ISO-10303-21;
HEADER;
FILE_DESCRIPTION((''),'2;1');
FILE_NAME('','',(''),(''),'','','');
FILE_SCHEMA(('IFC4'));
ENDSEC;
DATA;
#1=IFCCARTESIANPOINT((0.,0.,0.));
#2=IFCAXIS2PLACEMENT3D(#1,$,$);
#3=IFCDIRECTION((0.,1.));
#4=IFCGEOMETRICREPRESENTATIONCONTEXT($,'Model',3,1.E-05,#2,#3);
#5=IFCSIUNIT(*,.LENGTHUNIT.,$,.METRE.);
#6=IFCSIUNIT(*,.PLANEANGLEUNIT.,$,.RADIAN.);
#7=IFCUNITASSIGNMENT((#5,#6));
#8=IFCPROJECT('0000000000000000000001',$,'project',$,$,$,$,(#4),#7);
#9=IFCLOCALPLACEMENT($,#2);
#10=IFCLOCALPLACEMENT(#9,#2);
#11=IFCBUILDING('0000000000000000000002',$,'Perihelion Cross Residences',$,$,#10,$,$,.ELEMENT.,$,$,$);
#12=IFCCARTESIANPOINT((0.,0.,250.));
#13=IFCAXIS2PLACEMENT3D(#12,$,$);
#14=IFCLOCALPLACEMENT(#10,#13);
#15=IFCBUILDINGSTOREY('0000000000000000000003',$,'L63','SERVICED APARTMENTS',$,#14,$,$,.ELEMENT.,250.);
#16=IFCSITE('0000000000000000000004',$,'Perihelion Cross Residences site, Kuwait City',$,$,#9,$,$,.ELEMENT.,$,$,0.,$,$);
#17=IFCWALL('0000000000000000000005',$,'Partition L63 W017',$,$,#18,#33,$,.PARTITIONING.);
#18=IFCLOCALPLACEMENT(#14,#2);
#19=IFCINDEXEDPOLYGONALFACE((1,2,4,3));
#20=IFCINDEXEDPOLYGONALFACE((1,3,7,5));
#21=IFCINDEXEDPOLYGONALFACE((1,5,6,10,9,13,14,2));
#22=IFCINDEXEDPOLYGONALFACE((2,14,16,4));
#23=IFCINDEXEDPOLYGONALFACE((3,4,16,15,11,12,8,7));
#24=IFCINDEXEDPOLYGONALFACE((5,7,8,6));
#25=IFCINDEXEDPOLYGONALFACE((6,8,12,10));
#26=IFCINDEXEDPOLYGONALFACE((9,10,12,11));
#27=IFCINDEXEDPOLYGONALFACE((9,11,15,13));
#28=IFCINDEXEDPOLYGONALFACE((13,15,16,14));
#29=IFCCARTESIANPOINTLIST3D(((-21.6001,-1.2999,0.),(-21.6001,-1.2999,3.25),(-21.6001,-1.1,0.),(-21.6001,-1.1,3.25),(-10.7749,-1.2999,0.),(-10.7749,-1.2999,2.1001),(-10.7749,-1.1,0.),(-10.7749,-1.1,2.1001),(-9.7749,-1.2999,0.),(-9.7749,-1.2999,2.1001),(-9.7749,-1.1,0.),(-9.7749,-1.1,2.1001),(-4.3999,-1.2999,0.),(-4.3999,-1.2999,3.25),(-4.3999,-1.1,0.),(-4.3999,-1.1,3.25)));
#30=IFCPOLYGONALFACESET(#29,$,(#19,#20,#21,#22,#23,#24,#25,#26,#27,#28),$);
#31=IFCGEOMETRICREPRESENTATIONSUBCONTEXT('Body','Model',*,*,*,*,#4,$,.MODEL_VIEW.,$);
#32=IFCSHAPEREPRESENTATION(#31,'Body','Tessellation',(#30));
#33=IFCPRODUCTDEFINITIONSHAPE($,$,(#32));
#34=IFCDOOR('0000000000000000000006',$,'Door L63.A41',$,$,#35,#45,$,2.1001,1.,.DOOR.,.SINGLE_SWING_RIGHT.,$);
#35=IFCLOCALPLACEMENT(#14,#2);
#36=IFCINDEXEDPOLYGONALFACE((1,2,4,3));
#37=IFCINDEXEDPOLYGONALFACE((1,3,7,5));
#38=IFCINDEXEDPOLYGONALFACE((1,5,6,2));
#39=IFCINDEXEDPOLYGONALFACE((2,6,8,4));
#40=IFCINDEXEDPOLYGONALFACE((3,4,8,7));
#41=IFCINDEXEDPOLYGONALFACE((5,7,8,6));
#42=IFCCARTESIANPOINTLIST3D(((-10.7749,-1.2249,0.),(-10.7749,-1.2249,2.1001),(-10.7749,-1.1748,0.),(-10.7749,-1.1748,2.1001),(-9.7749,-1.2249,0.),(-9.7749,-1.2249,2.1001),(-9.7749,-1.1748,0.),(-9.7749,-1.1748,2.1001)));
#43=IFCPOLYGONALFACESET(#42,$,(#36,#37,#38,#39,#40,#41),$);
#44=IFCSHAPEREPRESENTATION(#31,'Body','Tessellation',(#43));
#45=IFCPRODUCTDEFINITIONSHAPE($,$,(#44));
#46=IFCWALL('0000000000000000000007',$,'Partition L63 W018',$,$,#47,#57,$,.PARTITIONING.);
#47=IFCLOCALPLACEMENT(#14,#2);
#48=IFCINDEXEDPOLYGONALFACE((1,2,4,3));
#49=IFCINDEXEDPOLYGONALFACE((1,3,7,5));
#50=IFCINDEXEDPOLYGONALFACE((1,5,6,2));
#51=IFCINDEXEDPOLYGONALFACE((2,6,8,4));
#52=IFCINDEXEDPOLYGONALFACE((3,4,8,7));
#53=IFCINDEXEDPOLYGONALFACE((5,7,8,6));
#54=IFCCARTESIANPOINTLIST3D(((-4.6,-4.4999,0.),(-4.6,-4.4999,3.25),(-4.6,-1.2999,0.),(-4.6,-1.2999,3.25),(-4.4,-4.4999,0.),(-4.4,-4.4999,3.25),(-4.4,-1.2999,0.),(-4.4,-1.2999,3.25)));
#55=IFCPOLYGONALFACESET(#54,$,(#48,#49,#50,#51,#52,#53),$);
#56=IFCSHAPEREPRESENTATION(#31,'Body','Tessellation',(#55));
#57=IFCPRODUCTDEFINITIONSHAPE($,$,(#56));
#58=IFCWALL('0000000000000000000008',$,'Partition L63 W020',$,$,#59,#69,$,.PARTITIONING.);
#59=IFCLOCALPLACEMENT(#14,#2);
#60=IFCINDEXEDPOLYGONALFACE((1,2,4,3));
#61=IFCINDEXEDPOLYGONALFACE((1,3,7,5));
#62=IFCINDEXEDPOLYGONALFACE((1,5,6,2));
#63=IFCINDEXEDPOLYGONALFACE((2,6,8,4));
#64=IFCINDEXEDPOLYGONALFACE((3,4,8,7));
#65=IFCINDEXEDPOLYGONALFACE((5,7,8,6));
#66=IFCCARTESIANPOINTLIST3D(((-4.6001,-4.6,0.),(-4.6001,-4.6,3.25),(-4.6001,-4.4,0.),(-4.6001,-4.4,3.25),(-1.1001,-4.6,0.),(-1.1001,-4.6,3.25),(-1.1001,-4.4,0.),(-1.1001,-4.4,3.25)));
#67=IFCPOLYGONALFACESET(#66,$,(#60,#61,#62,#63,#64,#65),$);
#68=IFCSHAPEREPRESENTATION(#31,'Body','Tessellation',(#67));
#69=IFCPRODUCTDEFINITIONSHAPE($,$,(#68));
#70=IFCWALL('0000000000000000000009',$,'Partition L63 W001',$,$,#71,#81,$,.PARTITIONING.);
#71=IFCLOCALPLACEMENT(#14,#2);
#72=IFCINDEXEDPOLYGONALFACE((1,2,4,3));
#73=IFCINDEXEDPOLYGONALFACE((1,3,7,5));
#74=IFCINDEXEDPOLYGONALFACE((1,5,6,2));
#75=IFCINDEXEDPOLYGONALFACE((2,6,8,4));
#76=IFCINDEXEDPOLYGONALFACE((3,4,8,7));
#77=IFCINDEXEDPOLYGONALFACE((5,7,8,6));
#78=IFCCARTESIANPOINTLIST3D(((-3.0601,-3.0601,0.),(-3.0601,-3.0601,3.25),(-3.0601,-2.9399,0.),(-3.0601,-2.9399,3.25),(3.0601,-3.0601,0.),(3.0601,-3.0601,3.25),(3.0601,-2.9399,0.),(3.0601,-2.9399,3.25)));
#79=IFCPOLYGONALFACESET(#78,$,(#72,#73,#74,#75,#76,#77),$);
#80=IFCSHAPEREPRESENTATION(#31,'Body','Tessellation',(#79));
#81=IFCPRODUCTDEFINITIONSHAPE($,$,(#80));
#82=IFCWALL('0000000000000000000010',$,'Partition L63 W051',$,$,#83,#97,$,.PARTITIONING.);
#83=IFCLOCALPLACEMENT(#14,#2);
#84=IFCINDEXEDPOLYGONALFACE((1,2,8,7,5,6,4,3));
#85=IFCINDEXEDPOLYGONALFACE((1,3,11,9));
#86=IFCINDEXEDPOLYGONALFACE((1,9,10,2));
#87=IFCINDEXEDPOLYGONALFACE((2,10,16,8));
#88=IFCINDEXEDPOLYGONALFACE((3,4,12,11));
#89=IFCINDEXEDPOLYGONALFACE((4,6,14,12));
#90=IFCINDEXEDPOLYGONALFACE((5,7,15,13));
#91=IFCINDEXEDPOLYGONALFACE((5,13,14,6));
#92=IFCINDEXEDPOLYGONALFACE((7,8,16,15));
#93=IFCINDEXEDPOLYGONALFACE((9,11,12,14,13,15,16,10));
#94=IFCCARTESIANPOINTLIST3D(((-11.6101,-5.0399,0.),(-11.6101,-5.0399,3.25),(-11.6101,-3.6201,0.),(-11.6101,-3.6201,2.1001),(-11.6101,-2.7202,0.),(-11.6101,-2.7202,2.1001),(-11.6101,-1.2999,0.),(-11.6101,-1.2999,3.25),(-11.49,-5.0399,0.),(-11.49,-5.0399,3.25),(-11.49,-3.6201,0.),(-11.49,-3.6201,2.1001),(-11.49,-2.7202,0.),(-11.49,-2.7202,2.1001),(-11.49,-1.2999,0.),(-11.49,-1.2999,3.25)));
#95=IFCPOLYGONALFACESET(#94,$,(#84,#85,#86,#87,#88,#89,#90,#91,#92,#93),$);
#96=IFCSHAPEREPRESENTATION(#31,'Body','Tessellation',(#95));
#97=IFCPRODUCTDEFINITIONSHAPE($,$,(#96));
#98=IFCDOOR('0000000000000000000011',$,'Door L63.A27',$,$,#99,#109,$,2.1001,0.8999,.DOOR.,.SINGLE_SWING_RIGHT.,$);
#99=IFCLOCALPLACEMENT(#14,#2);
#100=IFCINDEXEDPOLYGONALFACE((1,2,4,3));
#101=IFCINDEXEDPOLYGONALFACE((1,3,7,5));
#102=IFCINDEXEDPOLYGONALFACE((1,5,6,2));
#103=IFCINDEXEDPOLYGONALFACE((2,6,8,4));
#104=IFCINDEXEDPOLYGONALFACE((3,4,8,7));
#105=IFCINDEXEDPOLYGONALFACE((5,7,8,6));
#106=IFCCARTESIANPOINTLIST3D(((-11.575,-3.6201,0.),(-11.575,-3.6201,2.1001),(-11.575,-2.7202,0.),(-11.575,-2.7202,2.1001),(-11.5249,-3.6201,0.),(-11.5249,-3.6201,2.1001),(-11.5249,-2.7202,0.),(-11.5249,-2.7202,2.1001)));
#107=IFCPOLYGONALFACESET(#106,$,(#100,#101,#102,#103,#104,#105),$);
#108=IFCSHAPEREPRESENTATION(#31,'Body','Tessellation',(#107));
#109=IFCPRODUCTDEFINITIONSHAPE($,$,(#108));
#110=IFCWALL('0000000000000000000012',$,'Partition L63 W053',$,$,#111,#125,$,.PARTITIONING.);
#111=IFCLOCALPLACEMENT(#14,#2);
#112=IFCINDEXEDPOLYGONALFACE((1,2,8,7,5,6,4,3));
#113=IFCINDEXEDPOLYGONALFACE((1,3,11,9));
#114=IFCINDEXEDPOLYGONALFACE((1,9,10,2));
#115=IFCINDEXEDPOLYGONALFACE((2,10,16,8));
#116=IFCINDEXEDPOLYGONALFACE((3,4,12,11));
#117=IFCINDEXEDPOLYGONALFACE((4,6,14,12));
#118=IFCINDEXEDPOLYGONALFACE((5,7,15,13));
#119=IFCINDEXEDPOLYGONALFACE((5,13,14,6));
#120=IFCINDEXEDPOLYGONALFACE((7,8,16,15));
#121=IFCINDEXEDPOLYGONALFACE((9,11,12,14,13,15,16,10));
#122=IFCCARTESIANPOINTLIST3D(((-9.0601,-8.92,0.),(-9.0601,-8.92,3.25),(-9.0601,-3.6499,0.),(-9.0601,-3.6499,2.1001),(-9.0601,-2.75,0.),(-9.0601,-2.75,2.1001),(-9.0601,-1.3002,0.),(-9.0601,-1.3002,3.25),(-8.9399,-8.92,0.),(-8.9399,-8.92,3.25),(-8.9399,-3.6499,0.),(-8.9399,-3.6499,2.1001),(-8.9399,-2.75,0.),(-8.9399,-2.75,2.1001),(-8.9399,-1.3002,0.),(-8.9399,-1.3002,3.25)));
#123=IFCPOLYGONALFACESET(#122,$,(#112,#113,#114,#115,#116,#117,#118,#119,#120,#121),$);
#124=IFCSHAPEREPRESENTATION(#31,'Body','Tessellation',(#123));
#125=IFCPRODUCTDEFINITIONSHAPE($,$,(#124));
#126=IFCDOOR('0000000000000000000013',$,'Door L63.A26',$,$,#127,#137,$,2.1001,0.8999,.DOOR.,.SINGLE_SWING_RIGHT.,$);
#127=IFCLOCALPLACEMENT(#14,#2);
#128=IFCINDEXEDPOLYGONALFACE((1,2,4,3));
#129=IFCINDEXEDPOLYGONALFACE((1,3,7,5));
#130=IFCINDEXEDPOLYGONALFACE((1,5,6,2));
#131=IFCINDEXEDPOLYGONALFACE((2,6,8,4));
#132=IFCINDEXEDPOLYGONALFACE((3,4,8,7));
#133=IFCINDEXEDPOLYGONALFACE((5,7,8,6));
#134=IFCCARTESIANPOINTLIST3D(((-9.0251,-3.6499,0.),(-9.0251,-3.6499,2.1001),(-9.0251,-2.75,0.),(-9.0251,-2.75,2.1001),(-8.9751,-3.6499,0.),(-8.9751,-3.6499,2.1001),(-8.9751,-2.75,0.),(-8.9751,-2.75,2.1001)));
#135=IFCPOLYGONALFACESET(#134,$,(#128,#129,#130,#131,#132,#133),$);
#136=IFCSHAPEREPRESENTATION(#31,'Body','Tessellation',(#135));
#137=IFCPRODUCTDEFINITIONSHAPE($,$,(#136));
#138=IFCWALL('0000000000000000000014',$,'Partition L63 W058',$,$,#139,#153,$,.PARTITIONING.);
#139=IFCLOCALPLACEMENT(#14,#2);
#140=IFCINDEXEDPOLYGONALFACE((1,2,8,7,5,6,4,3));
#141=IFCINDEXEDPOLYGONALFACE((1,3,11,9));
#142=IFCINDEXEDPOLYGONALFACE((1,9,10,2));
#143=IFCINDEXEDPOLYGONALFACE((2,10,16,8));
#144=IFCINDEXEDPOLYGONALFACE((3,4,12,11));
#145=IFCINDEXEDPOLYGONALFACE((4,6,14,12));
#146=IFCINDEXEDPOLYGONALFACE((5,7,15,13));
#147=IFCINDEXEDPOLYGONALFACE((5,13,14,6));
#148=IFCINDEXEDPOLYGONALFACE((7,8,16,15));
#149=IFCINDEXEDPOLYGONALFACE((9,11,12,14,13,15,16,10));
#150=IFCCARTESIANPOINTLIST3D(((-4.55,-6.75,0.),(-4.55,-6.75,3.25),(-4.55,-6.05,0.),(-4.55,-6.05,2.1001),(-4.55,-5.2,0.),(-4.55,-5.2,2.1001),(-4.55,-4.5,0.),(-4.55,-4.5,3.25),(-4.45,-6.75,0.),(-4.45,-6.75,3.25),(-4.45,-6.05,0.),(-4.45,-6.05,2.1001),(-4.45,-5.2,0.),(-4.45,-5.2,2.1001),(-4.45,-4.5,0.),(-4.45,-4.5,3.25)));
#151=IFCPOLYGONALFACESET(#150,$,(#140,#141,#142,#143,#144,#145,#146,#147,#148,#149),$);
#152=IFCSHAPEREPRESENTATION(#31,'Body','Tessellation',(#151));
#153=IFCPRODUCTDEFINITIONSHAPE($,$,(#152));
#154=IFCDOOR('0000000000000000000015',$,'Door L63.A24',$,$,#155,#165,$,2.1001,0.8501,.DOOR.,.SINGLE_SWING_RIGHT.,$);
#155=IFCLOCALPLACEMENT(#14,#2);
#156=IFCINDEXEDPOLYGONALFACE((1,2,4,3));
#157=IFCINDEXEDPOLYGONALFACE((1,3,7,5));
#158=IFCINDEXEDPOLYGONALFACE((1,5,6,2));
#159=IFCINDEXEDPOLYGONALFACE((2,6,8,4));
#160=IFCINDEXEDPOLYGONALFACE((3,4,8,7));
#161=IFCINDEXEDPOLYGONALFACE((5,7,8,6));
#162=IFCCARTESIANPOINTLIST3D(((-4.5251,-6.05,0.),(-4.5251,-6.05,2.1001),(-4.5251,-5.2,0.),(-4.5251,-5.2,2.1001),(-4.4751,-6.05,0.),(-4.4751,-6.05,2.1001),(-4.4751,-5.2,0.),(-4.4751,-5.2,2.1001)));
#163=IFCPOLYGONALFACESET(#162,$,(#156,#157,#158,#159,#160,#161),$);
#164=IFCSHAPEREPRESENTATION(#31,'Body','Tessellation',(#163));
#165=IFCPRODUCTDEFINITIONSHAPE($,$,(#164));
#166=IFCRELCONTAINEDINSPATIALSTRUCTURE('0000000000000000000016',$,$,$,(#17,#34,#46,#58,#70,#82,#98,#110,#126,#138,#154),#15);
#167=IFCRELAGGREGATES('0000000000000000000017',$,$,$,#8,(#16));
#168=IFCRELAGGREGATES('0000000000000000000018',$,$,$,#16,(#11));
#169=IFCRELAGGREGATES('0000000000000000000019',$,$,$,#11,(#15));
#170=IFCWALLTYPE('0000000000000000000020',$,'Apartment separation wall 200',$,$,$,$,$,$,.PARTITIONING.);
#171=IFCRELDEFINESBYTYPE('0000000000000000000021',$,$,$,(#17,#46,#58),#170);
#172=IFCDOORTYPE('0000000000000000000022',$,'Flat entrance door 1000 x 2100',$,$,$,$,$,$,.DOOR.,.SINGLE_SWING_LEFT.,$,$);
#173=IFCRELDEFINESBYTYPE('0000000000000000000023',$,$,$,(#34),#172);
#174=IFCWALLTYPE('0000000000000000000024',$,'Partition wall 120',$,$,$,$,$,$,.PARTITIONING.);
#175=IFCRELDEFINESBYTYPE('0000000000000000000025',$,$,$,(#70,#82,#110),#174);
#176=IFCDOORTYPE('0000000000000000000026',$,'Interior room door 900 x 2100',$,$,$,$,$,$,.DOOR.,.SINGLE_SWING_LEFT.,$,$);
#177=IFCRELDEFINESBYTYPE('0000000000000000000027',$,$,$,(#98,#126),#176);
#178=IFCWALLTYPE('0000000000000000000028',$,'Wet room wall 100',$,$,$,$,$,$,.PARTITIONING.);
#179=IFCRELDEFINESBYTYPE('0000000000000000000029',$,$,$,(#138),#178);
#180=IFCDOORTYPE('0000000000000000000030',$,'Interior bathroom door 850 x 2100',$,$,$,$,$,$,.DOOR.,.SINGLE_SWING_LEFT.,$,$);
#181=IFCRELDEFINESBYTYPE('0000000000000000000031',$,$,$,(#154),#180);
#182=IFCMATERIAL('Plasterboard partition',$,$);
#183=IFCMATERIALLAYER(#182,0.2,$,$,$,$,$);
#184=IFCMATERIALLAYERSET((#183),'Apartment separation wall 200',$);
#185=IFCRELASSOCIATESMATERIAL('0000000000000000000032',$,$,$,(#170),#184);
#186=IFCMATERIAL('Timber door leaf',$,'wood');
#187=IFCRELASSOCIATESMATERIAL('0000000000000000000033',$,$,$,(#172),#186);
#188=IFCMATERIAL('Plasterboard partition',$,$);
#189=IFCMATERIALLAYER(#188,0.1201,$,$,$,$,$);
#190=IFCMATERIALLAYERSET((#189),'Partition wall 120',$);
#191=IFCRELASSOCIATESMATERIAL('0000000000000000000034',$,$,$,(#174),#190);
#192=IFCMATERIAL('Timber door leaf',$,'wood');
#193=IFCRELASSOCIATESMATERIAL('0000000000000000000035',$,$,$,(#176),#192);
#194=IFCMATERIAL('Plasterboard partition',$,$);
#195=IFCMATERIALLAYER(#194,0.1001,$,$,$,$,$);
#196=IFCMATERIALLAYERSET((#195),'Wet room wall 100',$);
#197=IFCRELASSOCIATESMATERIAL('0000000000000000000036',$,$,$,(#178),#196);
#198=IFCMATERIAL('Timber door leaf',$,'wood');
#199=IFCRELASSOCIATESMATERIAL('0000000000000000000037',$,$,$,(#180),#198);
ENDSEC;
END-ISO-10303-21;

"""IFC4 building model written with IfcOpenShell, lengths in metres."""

from ifc_helpers import new_model, si_unit, direction, frame, frame_2d, origin, place, context, subcontext, project, spatial, rectangle, extrude, material, layer, layer_set, type_object, element, fill, save


model = new_model("IFC4")

# Units and contexts
model_context = context("Model", 3, precision=1e-05, world=origin(), true_north=direction((0.0, 1.0)))
body_context = subcontext(model_context, "Body", "Model", "MODEL_VIEW")
ifc_project = project(units=[si_unit("LENGTHUNIT", "METRE"), si_unit("PLANEANGLEUNIT", "RADIAN")], contexts=[model_context])

# Site, building, storey
site_placement = place(None, origin())
site = spatial("IfcSite", under=ifc_project, at=site_placement, Name="Perihelion Cross Residences site, Kuwait City", CompositionType="ELEMENT", RefElevation=0.0)
building_placement = place(site_placement, origin())
building = spatial("IfcBuilding", under=site, at=building_placement, Name="Perihelion Cross Residences", CompositionType="ELEMENT")
storey_placement = place(building_placement, frame((0.0, 0.0, 250.0)))
storey = spatial("IfcBuildingStorey", under=building, at=storey_placement, Name="L63", Description="SERVICED APARTMENTS", CompositionType="ELEMENT", Elevation=250.0)

# Wall, opening, door
ifc_material_1 = material(Name="Plasterboard partition")
ifc_layer_1 = layer(ifc_material_1, 0.2)
ifc_layer_set_1 = layer_set([ifc_layer_1], Name="Apartment separation wall 200")
wall_type_1 = type_object("IfcWallType", Name="Apartment separation wall 200", PredefinedType="PARTITIONING", material=ifc_layer_set_1)
wall_1_placement = place(storey_placement, frame((-4.3999, -1.2, 0.0), z_axis=(0.0, 0.0, 1.0), x_axis=(-1.0, 0.0, 0.0)))
wall_1 = element("IfcWall", 1, at=wall_1_placement, inside=storey, type_object=wall_type_1, Name="Partition L63 W017", PredefinedType="PARTITIONING", context=body_context, shape_type="SweptSolid", body=[
    extrude(rectangle(XDim=17.2002, YDim=0.2, at=frame_2d((8.6001, 0.0))), origin(), (0.0, 0.0, 1.0), 3.25),
])
opening_1_placement = place(wall_1_placement, frame((5.375, 0.0, 0.0)))
opening_1 = element("IfcOpeningElement", 2, at=opening_1_placement, cuts=wall_1, PredefinedType="OPENING", context=body_context, shape_type="SweptSolid", body=[
    extrude(rectangle(XDim=1.0, YDim=2.1001, at=frame_2d((0.5, 1.05))), frame((0.0, 0.1099, 0.0), z_axis=(0.0, -1.0, 0.0), x_axis=(1.0, 0.0, 0.0)), (0.0, 0.0, 1.0), 0.22),
])
ifc_material_2 = material(Name="Timber door leaf", Category="wood")
door_type_1 = type_object("IfcDoorType", Name="Flat entrance door 1000 x 2100", OperationType="SINGLE_SWING_LEFT", PredefinedType="DOOR", material=ifc_material_2)
door_1_placement = place(opening_1_placement, origin())
door_1 = element("IfcDoor", 3, at=door_1_placement, inside=storey, type_object=door_type_1, Name="Door L63.A41", OperationType="SINGLE_SWING_RIGHT", OverallHeight=2.1001, OverallWidth=1.0, PredefinedType="DOOR", context=body_context, shape_type="SweptSolid", body=[
    extrude(rectangle(XDim=1.0, YDim=2.1001, at=frame_2d((0.5, 1.05))), frame((0.0, 0.0249, 0.0), z_axis=(0.0, -1.0, 0.0), x_axis=(1.0, 0.0, 0.0)), (0.0, 0.0, 1.0), 0.05),
])
fill(opening_1, door_1)

# Walls
wall_2_placement = place(storey_placement, frame((-4.5, -4.5, 0.0), z_axis=(0.0, 0.0, 1.0), x_axis=(0.0, 1.0, 0.0)))
element("IfcWall", 4, at=wall_2_placement, inside=storey, type_object=wall_type_1, Name="Partition L63 W018", PredefinedType="PARTITIONING", context=body_context, shape_type="SweptSolid", body=[
    extrude(rectangle(XDim=3.2, YDim=0.2, at=frame_2d((1.6001, 0.0))), origin(), (0.0, 0.0, 1.0), 3.25),
])
wall_3_placement = place(storey_placement, frame((-1.1001, -4.5, 0.0), z_axis=(0.0, 0.0, 1.0), x_axis=(-1.0, 0.0, 0.0)))
element("IfcWall", 5, at=wall_3_placement, inside=storey, type_object=wall_type_1, Name="Partition L63 W020", PredefinedType="PARTITIONING", context=body_context, shape_type="SweptSolid", body=[
    extrude(rectangle(XDim=3.5, YDim=0.2, at=frame_2d((1.75, 0.0))), origin(), (0.0, 0.0, 1.0), 3.25),
])
ifc_material_3 = material(Name="Plasterboard partition")
ifc_layer_2 = layer(ifc_material_3, 0.1201)
ifc_layer_set_2 = layer_set([ifc_layer_2], Name="Partition wall 120")
wall_type_2 = type_object("IfcWallType", Name="Partition wall 120", PredefinedType="PARTITIONING", material=ifc_layer_set_2)
wall_4_placement = place(storey_placement, frame((-3.0601, -3.0, 0.0), z_axis=(0.0, 0.0, 1.0), x_axis=(1.0, 0.0, 0.0)))
element("IfcWall", 6, at=wall_4_placement, inside=storey, type_object=wall_type_2, Name="Partition L63 W001", PredefinedType="PARTITIONING", context=body_context, shape_type="SweptSolid", body=[
    extrude(rectangle(XDim=6.1201, YDim=0.1201, at=frame_2d((3.0601, 0.0))), origin(), (0.0, 0.0, 1.0), 3.25),
])

# Walls, openings, doors
wall_5_placement = place(storey_placement, frame((-11.55, -5.04, 0.0), z_axis=(0.0, 0.0, 1.0), x_axis=(0.0, 1.0, 0.0)))
wall_5 = element("IfcWall", 7, at=wall_5_placement, inside=storey, type_object=wall_type_2, Name="Partition L63 W051", PredefinedType="PARTITIONING", context=body_context, shape_type="SweptSolid", body=[
    extrude(rectangle(XDim=3.74, YDim=0.1201, at=frame_2d((1.8701, 0.0))), origin(), (0.0, 0.0, 1.0), 3.25),
])
opening_2_placement = place(wall_5_placement, frame((1.4199, 0.0, 0.0)))
opening_2 = element("IfcOpeningElement", 8, at=opening_2_placement, cuts=wall_5, PredefinedType="OPENING", context=body_context, shape_type="SweptSolid", body=[
    extrude(rectangle(XDim=0.8999, YDim=2.1001, at=frame_2d((0.45, 1.05))), frame((0.0, 0.0701, 0.0), z_axis=(0.0, -1.0, 0.0), x_axis=(1.0, 0.0, 0.0)), (0.0, 0.0, 1.0), 0.1401),
])
ifc_material_4 = material(Name="Timber door leaf", Category="wood")
door_type_2 = type_object("IfcDoorType", Name="Interior room door 900 x 2100", OperationType="SINGLE_SWING_LEFT", PredefinedType="DOOR", material=ifc_material_4)
door_2_placement = place(opening_2_placement, origin())
door_2 = element("IfcDoor", 9, at=door_2_placement, inside=storey, type_object=door_type_2, Name="Door L63.A27", OperationType="SINGLE_SWING_RIGHT", OverallHeight=2.1001, OverallWidth=0.8999, PredefinedType="DOOR", context=body_context, shape_type="SweptSolid", body=[
    extrude(rectangle(XDim=0.8999, YDim=2.1001, at=frame_2d((0.45, 1.05))), frame((0.0, 0.0249, 0.0), z_axis=(0.0, -1.0, 0.0), x_axis=(1.0, 0.0, 0.0)), (0.0, 0.0, 1.0), 0.05),
])
fill(opening_2, door_2)
wall_6_placement = place(storey_placement, frame((-9.0, -1.3, 0.0), z_axis=(0.0, 0.0, 1.0), x_axis=(0.0, -1.0, 0.0)))
wall_6 = element("IfcWall", 10, at=wall_6_placement, inside=storey, type_object=wall_type_2, Name="Partition L63 W053", PredefinedType="PARTITIONING", context=body_context, shape_type="SweptSolid", body=[
    extrude(rectangle(XDim=7.6199, YDim=0.1201, at=frame_2d((3.8101, 0.0))), origin(), (0.0, 0.0, 1.0), 3.25),
])
opening_3_placement = place(wall_6_placement, frame((1.45, 0.0, 0.0)))
opening_3 = element("IfcOpeningElement", 11, at=opening_3_placement, cuts=wall_6, PredefinedType="OPENING", context=body_context, shape_type="SweptSolid", body=[
    extrude(rectangle(XDim=0.8999, YDim=2.1001, at=frame_2d((0.45, 1.05))), frame((0.0, 0.0701, 0.0), z_axis=(0.0, -1.0, 0.0), x_axis=(1.0, 0.0, 0.0)), (0.0, 0.0, 1.0), 0.1401),
])
door_3_placement = place(opening_3_placement, origin())
door_3 = element("IfcDoor", 12, at=door_3_placement, inside=storey, type_object=door_type_2, Name="Door L63.A26", OperationType="SINGLE_SWING_RIGHT", OverallHeight=2.1001, OverallWidth=0.8999, PredefinedType="DOOR", context=body_context, shape_type="SweptSolid", body=[
    extrude(rectangle(XDim=0.8999, YDim=2.1001, at=frame_2d((0.45, 1.05))), frame((0.0, 0.0249, 0.0), z_axis=(0.0, -1.0, 0.0), x_axis=(1.0, 0.0, 0.0)), (0.0, 0.0, 1.0), 0.05),
])
fill(opening_3, door_3)
ifc_material_5 = material(Name="Plasterboard partition")
ifc_layer_3 = layer(ifc_material_5, 0.1001)
ifc_layer_set_3 = layer_set([ifc_layer_3], Name="Wet room wall 100")
wall_type_3 = type_object("IfcWallType", Name="Wet room wall 100", PredefinedType="PARTITIONING", material=ifc_layer_set_3)
wall_7_placement = place(storey_placement, frame((-4.5, -4.5, 0.0), z_axis=(0.0, 0.0, 1.0), x_axis=(0.0, -1.0, 0.0)))
wall_7 = element("IfcWall", 13, at=wall_7_placement, inside=storey, type_object=wall_type_3, Name="Partition L63 W058", PredefinedType="PARTITIONING", context=body_context, shape_type="SweptSolid", body=[
    extrude(rectangle(XDim=2.25, YDim=0.1001, at=frame_2d((1.125, 0.0))), origin(), (0.0, 0.0, 1.0), 3.25),
])
opening_4_placement = place(wall_7_placement, frame((0.7, 0.0, 0.0)))
opening_4 = element("IfcOpeningElement", 14, at=opening_4_placement, cuts=wall_7, PredefinedType="OPENING", context=body_context, shape_type="SweptSolid", body=[
    extrude(rectangle(XDim=0.8501, YDim=2.1001, at=frame_2d((0.425, 1.05))), frame((0.0, 0.0601, 0.0), z_axis=(0.0, -1.0, 0.0), x_axis=(1.0, 0.0, 0.0)), (0.0, 0.0, 1.0), 0.1201),
])
ifc_material_6 = material(Name="Timber door leaf", Category="wood")
door_type_3 = type_object("IfcDoorType", Name="Interior bathroom door 850 x 2100", OperationType="SINGLE_SWING_LEFT", PredefinedType="DOOR", material=ifc_material_6)
door_4_placement = place(opening_4_placement, origin())
door_4 = element("IfcDoor", 15, at=door_4_placement, inside=storey, type_object=door_type_3, Name="Door L63.A24", OperationType="SINGLE_SWING_RIGHT", OverallHeight=2.1001, OverallWidth=0.8501, PredefinedType="DOOR", context=body_context, shape_type="SweptSolid", body=[
    extrude(rectangle(XDim=0.8501, YDim=2.1001, at=frame_2d((0.425, 1.05))), frame((0.0, 0.0249, 0.0), z_axis=(0.0, -1.0, 0.0), x_axis=(1.0, 0.0, 0.0)), (0.0, 0.0, 1.0), 0.05),
])
fill(opening_4, door_4)

save(model, "model.ifc")
